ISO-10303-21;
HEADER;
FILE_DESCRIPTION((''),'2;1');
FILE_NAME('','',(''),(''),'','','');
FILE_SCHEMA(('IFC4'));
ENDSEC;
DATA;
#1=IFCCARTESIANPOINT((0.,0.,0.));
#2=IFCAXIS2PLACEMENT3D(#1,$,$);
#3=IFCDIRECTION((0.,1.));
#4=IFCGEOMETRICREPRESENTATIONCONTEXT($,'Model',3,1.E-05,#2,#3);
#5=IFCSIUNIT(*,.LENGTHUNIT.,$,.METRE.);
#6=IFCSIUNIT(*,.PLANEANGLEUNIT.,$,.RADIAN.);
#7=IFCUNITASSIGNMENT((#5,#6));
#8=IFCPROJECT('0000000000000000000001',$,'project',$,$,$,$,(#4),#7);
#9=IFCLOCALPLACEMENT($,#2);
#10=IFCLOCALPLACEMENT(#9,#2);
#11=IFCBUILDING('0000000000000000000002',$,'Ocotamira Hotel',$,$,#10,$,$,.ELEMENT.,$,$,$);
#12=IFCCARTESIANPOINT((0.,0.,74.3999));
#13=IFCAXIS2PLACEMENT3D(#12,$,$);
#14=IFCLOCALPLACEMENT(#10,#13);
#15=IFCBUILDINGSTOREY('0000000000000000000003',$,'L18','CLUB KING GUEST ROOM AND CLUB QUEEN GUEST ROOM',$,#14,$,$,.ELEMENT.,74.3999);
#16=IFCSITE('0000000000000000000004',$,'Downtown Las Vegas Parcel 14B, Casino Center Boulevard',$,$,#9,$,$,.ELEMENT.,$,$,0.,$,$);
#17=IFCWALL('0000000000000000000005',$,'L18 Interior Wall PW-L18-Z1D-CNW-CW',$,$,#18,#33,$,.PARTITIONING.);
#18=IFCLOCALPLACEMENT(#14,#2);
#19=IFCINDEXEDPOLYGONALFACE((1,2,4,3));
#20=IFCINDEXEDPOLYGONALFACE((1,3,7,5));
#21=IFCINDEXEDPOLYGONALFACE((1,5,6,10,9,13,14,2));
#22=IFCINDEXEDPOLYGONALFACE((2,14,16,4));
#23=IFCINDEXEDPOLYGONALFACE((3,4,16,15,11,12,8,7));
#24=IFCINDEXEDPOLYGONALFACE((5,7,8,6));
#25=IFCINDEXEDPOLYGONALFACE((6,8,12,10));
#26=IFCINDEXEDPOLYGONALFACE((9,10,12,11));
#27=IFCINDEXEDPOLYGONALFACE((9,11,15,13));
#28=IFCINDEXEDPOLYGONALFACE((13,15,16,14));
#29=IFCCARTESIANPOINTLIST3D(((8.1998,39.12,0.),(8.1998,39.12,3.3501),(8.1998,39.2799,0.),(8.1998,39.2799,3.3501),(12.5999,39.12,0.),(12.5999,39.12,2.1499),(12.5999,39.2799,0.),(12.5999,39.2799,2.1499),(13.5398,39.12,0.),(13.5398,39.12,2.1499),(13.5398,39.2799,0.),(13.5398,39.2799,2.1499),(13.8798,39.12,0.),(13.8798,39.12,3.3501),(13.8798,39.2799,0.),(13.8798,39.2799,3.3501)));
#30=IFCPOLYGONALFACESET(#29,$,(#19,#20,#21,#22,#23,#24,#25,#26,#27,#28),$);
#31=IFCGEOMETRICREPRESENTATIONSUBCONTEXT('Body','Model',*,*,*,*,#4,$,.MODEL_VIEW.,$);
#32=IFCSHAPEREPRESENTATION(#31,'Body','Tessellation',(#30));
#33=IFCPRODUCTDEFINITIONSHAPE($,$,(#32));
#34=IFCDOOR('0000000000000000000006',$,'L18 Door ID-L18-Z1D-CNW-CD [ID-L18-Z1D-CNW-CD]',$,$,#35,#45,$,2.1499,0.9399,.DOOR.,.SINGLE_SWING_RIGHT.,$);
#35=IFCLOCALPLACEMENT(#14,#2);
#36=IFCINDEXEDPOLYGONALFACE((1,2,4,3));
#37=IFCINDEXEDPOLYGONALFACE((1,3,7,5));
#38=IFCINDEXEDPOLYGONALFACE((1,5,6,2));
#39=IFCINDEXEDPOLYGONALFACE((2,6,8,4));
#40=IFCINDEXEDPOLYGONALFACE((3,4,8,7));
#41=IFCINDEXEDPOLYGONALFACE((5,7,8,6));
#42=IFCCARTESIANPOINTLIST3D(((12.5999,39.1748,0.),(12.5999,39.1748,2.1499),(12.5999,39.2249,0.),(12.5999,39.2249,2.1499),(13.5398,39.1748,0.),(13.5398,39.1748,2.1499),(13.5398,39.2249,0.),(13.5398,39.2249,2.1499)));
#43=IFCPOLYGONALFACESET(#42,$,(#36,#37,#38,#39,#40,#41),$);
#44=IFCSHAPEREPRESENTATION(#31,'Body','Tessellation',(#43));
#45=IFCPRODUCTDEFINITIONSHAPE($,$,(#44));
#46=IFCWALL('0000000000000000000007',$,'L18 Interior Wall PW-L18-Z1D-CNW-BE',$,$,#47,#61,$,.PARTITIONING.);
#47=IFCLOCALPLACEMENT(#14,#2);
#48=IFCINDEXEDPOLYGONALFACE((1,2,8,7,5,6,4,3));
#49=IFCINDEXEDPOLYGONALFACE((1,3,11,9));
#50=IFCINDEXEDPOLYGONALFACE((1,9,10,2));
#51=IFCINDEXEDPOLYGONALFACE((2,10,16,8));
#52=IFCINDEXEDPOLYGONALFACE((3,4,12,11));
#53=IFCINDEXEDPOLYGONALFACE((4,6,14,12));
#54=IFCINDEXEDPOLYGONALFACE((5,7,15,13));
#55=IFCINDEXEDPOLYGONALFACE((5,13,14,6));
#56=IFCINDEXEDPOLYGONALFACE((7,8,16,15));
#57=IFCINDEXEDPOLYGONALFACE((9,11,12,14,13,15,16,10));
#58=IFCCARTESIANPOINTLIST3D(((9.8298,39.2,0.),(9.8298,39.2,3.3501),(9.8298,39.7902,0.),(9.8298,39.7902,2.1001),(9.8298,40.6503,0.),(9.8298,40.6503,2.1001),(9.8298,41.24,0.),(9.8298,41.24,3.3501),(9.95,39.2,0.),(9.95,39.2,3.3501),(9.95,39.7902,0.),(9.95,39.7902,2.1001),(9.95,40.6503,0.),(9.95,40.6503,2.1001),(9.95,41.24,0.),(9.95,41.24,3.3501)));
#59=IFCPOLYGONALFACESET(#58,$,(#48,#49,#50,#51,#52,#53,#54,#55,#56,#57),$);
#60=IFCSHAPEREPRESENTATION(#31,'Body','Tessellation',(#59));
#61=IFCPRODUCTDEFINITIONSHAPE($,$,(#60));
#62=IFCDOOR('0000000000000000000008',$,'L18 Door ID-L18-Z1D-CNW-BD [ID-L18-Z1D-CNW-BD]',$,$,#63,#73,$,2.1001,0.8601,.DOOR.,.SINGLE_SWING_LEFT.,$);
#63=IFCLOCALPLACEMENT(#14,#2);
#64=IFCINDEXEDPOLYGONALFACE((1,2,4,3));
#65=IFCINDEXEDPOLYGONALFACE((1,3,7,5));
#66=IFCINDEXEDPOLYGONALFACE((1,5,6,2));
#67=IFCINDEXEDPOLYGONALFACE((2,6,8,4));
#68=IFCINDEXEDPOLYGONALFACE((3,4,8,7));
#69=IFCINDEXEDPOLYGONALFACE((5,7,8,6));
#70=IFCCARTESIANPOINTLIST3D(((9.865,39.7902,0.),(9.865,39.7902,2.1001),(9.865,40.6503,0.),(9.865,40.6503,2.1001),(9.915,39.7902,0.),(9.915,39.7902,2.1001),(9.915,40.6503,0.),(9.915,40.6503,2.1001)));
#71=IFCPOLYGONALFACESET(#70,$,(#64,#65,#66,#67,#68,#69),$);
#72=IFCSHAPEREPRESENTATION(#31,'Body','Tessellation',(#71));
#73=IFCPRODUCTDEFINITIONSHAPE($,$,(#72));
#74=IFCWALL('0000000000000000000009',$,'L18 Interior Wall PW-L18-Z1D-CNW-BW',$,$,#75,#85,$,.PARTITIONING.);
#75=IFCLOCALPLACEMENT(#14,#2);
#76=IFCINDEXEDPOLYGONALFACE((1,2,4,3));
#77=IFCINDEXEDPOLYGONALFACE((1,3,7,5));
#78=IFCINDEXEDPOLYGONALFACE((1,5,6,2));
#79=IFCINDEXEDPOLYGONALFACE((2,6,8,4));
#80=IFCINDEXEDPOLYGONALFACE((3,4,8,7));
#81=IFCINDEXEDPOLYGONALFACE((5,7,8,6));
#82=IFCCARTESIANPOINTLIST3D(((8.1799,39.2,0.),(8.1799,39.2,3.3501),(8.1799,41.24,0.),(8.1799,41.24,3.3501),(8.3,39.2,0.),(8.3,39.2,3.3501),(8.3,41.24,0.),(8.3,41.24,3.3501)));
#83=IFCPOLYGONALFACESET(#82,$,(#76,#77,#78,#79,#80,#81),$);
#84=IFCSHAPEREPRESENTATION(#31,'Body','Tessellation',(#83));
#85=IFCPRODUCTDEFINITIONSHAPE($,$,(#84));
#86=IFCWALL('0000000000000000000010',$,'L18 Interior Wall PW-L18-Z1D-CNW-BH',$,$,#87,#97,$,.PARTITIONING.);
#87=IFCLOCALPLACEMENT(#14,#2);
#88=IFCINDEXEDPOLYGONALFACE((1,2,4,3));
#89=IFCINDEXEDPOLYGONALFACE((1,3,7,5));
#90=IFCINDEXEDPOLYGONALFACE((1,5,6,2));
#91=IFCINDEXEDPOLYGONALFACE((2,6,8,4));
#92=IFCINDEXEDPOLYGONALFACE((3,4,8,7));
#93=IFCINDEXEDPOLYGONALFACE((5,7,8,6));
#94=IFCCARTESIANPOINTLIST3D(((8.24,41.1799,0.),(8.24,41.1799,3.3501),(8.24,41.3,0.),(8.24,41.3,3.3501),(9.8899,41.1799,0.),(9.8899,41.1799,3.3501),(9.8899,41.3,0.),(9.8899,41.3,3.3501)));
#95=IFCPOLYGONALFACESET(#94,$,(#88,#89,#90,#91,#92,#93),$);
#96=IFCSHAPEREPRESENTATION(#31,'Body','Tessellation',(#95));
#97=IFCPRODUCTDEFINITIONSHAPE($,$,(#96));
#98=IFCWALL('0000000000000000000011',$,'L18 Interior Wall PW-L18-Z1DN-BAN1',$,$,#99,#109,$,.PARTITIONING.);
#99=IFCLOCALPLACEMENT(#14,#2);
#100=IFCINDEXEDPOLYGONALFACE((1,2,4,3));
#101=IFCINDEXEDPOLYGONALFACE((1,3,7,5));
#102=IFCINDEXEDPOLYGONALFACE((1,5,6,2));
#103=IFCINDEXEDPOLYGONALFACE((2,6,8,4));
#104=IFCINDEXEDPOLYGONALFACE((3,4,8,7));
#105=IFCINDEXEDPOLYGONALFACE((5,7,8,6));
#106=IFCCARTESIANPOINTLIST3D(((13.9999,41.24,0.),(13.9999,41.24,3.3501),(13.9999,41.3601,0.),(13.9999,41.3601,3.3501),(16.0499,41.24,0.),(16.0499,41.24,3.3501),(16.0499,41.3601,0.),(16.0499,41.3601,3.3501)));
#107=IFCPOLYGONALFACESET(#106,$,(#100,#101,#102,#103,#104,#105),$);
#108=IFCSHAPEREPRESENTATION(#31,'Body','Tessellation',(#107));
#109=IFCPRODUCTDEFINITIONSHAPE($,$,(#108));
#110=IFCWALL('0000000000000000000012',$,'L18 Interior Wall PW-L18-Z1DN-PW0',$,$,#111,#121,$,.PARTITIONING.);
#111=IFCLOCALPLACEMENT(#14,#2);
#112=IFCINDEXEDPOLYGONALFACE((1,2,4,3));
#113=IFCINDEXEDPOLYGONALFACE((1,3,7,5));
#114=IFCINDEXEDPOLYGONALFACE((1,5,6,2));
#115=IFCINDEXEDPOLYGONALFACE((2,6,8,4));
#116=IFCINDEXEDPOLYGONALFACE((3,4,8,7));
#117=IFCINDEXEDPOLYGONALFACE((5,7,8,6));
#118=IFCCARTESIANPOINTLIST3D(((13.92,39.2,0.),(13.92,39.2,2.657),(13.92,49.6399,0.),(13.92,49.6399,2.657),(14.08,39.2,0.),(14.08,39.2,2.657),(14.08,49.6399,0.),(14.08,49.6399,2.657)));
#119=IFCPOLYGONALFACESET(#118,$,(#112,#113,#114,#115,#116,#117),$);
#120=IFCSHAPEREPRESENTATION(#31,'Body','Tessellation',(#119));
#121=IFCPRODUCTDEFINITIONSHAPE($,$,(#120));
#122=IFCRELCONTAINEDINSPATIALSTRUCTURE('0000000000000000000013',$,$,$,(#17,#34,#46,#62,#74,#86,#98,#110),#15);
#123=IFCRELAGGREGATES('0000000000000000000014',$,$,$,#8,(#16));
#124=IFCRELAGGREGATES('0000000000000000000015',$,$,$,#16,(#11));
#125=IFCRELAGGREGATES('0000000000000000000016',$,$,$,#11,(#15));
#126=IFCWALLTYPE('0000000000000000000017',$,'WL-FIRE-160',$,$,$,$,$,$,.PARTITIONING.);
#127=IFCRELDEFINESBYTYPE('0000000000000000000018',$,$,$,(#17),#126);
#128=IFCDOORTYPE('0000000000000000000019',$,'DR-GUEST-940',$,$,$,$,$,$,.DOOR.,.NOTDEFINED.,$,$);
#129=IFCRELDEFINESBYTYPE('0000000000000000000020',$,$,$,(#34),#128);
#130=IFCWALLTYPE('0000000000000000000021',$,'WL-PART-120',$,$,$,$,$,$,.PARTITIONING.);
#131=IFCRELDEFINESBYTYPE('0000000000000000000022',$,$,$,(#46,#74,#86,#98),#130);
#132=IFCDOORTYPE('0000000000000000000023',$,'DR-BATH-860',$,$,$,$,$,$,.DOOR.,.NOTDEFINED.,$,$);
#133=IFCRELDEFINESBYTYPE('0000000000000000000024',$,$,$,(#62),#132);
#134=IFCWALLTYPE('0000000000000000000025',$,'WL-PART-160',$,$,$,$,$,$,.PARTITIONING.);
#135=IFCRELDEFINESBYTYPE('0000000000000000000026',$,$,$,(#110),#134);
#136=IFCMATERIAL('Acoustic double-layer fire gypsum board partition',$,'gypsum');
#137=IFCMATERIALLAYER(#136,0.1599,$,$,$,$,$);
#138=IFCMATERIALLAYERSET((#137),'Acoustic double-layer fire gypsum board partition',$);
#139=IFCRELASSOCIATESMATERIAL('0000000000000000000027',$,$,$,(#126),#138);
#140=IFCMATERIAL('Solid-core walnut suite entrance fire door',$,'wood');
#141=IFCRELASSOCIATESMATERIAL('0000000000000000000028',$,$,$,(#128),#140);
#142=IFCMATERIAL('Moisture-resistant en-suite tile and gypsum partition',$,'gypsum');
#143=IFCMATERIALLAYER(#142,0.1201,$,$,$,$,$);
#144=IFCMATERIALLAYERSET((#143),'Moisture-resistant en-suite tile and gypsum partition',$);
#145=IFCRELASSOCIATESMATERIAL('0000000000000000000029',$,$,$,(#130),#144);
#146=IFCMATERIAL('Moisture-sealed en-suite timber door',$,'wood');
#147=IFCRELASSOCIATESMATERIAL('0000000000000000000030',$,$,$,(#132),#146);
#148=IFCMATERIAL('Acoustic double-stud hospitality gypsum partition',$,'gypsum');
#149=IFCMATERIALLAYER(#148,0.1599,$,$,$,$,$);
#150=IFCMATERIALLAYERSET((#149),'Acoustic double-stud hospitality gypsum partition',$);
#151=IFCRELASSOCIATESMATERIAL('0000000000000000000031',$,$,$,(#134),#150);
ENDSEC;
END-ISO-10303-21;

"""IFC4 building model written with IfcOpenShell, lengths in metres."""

from ifc_helpers import new_model, si_unit, direction, frame, frame_2d, origin, place, context, subcontext, project, spatial, rectangle, extrude, source, transform, mapped, material, layer, layer_set, type_object, element, fill, save


model = new_model("IFC4")

# Units and contexts
model_context = context("Model", 3, precision=1e-05, world=origin(), true_north=direction((0.0, 1.0)))
body_context = subcontext(model_context, "Body", "Model", "MODEL_VIEW")
ifc_project = project(units=[si_unit("LENGTHUNIT", "METRE"), si_unit("PLANEANGLEUNIT", "RADIAN")], contexts=[model_context])

# Site, building, storey
site_placement = place(None, origin())
site = spatial("IfcSite", under=ifc_project, at=site_placement, Name="Downtown Las Vegas Parcel 14B, Casino Center Boulevard", CompositionType="ELEMENT", RefElevation=0.0)
building_placement = place(site_placement, origin())
building = spatial("IfcBuilding", under=site, at=building_placement, Name="Ocotamira Hotel", CompositionType="ELEMENT")
storey_placement = place(building_placement, frame((0.0, 0.0, 74.3999)))
storey = spatial("IfcBuildingStorey", under=building, at=storey_placement, Name="L18", Description="CLUB KING GUEST ROOM AND CLUB QUEEN GUEST ROOM", CompositionType="ELEMENT", Elevation=74.3999)

# Wall, opening, door
ifc_material_1 = material(Name="Acoustic double-layer fire gypsum board partition", Category="gypsum")
ifc_layer_1 = layer(ifc_material_1, 0.1599)
ifc_layer_set_1 = layer_set([ifc_layer_1], Name="Acoustic double-layer fire gypsum board partition")
wall_type_1 = type_object("IfcWallType", Name="WL-FIRE-160", PredefinedType="PARTITIONING", material=ifc_layer_set_1)
wall_1_placement = place(storey_placement, frame((8.2, 39.2, 0.0), z_axis=(0.0, 0.0, 1.0), x_axis=(1.0, 0.0, 0.0)))
wall_1 = element("IfcWall", 1, at=wall_1_placement, inside=storey, type_object=wall_type_1, Name="L18 Interior Wall PW-L18-Z1D-CNW-CW", PredefinedType="PARTITIONING", context=body_context, shape_type="SweptSolid", body=[
    extrude(rectangle(XDim=5.6799, YDim=0.1599, at=frame_2d((2.8398, 0.0))), origin(), (0.0, 0.0, 1.0), 3.3501),
])
opening_1_placement = place(wall_1_placement, frame((4.3999, 0.0, 0.0)))
opening_1 = element("IfcOpeningElement", 2, at=opening_1_placement, cuts=wall_1, PredefinedType="OPENING", context=body_context, shape_type="SweptSolid", body=[
    extrude(rectangle(XDim=0.9399, YDim=2.1499, at=frame_2d((0.47, 1.075))), frame((0.0, 0.0898, 0.0), z_axis=(0.0, -1.0, 0.0), x_axis=(1.0, 0.0, 0.0)), (0.0, 0.0, 1.0), 0.1799),
])
ifc_material_2 = material(Name="Solid-core walnut suite entrance fire door", Category="wood")
door_type_1 = type_object("IfcDoorType", Name="DR-GUEST-940", OperationType="NOTDEFINED", PredefinedType="DOOR", material=ifc_material_2)
shared_shape_1 = source(origin(), body_context, "Body", "SweptSolid", [
    extrude(rectangle(XDim=0.9399, YDim=2.1499, at=frame_2d((0.47, 1.075))), frame((0.0, 0.0249, 0.0), z_axis=(0.0, -1.0, 0.0), x_axis=(1.0, 0.0, 0.0)), (0.0, 0.0, 1.0), 0.05),
])
door_1_placement = place(opening_1_placement, origin())
door_1 = element("IfcDoor", 3, at=door_1_placement, inside=storey, type_object=door_type_1, Name="L18 Door ID-L18-Z1D-CNW-CD [ID-L18-Z1D-CNW-CD]", OperationType="SINGLE_SWING_RIGHT", OverallHeight=2.1499, OverallWidth=0.9399, PredefinedType="DOOR", context=body_context, shape_type="MappedRepresentation", body=[
    mapped(shared_shape_1, transform((0.0, 0.0, 0.0), scale=1.0)),
])
fill(opening_1, door_1)

# Wall, opening, door
ifc_material_3 = material(Name="Moisture-resistant en-suite tile and gypsum partition", Category="gypsum")
ifc_layer_2 = layer(ifc_material_3, 0.1201)
ifc_layer_set_2 = layer_set([ifc_layer_2], Name="Moisture-resistant en-suite tile and gypsum partition")
wall_type_2 = type_object("IfcWallType", Name="WL-PART-120", PredefinedType="PARTITIONING", material=ifc_layer_set_2)
wall_2_placement = place(storey_placement, frame((9.8899, 39.2, 0.0), z_axis=(0.0, 0.0, 1.0), x_axis=(0.0, 1.0, 0.0)))
wall_2 = element("IfcWall", 4, at=wall_2_placement, inside=storey, type_object=wall_type_2, Name="L18 Interior Wall PW-L18-Z1D-CNW-BE", PredefinedType="PARTITIONING", context=body_context, shape_type="SweptSolid", body=[
    extrude(rectangle(XDim=2.04, YDim=0.1201, at=frame_2d((1.02, 0.0))), origin(), (0.0, 0.0, 1.0), 3.3501),
])
opening_2_placement = place(wall_2_placement, frame((0.5901, 0.0, 0.0)))
opening_2 = element("IfcOpeningElement", 5, at=opening_2_placement, cuts=wall_2, PredefinedType="OPENING", context=body_context, shape_type="SweptSolid", body=[
    extrude(rectangle(XDim=0.8601, YDim=2.1001, at=frame_2d((0.4302, 1.05))), frame((0.0, 0.0701, 0.0), z_axis=(0.0, -1.0, 0.0), x_axis=(1.0, 0.0, 0.0)), (0.0, 0.0, 1.0), 0.1401),
])
ifc_material_4 = material(Name="Moisture-sealed en-suite timber door", Category="wood")
door_type_2 = type_object("IfcDoorType", Name="DR-BATH-860", OperationType="NOTDEFINED", PredefinedType="DOOR", material=ifc_material_4)
shared_shape_2 = source(origin(), body_context, "Body", "SweptSolid", [
    extrude(rectangle(XDim=0.8601, YDim=2.1001, at=frame_2d((0.4302, 1.05))), frame((0.0, 0.0249, 0.0), z_axis=(0.0, -1.0, 0.0), x_axis=(1.0, 0.0, 0.0)), (0.0, 0.0, 1.0), 0.05),
])
door_2_placement = place(opening_2_placement, origin())
door_2 = element("IfcDoor", 6, at=door_2_placement, inside=storey, type_object=door_type_2, Name="L18 Door ID-L18-Z1D-CNW-BD [ID-L18-Z1D-CNW-BD]", OperationType="SINGLE_SWING_LEFT", OverallHeight=2.1001, OverallWidth=0.8601, PredefinedType="DOOR", context=body_context, shape_type="MappedRepresentation", body=[
    mapped(shared_shape_2, transform((0.0, 0.0, 0.0), scale=1.0)),
])
fill(opening_2, door_2)

# Walls
wall_3_placement = place(storey_placement, frame((8.24, 39.2, 0.0), z_axis=(0.0, 0.0, 1.0), x_axis=(0.0, 1.0, 0.0)))
element("IfcWall", 7, at=wall_3_placement, inside=storey, type_object=wall_type_2, Name="L18 Interior Wall PW-L18-Z1D-CNW-BW", PredefinedType="PARTITIONING", context=body_context, shape_type="SweptSolid", body=[
    extrude(rectangle(XDim=2.04, YDim=0.1201, at=frame_2d((1.02, 0.0))), origin(), (0.0, 0.0, 1.0), 3.3501),
])
wall_4_placement = place(storey_placement, frame((8.24, 41.24, 0.0), z_axis=(0.0, 0.0, 1.0), x_axis=(1.0, 0.0, 0.0)))
element("IfcWall", 8, at=wall_4_placement, inside=storey, type_object=wall_type_2, Name="L18 Interior Wall PW-L18-Z1D-CNW-BH", PredefinedType="PARTITIONING", context=body_context, shape_type="SweptSolid", body=[
    extrude(rectangle(XDim=1.6499, YDim=0.1201, at=frame_2d((0.825, 0.0))), origin(), (0.0, 0.0, 1.0), 3.3501),
])

# Walls
wall_5_placement = place(storey_placement, frame((14.0, 41.3, 0.0), z_axis=(0.0, 0.0, 1.0), x_axis=(1.0, 0.0, 0.0)))
element("IfcWall", 9, at=wall_5_placement, inside=storey, type_object=wall_type_2, Name="L18 Interior Wall PW-L18-Z1DN-BAN1", PredefinedType="PARTITIONING", context=body_context, shape_type="SweptSolid", body=[
    extrude(rectangle(XDim=2.05, YDim=0.1201, at=frame_2d((1.0249, 0.0))), origin(), (0.0, 0.0, 1.0), 3.3501),
])
ifc_material_5 = material(Name="Acoustic double-stud hospitality gypsum partition", Category="gypsum")
ifc_layer_3 = layer(ifc_material_5, 0.1599)
ifc_layer_set_3 = layer_set([ifc_layer_3], Name="Acoustic double-stud hospitality gypsum partition")
wall_type_3 = type_object("IfcWallType", Name="WL-PART-160", PredefinedType="PARTITIONING", material=ifc_layer_set_3)
wall_6_placement = place(storey_placement, frame((14.0, 39.2, 0.0), z_axis=(0.0, 0.0, 1.0), x_axis=(0.0, 1.0, 0.0)))
element("IfcWall", 10, at=wall_6_placement, inside=storey, type_object=wall_type_3, Name="L18 Interior Wall PW-L18-Z1DN-PW0", PredefinedType="PARTITIONING", context=body_context, shape_type="SweptSolid", body=[
    extrude(rectangle(XDim=10.4399, YDim=0.1599, at=frame_2d((5.22, 0.0))), origin(), (0.0, 0.0, 1.0), 2.657),
])

save(model, "model.ifc")
